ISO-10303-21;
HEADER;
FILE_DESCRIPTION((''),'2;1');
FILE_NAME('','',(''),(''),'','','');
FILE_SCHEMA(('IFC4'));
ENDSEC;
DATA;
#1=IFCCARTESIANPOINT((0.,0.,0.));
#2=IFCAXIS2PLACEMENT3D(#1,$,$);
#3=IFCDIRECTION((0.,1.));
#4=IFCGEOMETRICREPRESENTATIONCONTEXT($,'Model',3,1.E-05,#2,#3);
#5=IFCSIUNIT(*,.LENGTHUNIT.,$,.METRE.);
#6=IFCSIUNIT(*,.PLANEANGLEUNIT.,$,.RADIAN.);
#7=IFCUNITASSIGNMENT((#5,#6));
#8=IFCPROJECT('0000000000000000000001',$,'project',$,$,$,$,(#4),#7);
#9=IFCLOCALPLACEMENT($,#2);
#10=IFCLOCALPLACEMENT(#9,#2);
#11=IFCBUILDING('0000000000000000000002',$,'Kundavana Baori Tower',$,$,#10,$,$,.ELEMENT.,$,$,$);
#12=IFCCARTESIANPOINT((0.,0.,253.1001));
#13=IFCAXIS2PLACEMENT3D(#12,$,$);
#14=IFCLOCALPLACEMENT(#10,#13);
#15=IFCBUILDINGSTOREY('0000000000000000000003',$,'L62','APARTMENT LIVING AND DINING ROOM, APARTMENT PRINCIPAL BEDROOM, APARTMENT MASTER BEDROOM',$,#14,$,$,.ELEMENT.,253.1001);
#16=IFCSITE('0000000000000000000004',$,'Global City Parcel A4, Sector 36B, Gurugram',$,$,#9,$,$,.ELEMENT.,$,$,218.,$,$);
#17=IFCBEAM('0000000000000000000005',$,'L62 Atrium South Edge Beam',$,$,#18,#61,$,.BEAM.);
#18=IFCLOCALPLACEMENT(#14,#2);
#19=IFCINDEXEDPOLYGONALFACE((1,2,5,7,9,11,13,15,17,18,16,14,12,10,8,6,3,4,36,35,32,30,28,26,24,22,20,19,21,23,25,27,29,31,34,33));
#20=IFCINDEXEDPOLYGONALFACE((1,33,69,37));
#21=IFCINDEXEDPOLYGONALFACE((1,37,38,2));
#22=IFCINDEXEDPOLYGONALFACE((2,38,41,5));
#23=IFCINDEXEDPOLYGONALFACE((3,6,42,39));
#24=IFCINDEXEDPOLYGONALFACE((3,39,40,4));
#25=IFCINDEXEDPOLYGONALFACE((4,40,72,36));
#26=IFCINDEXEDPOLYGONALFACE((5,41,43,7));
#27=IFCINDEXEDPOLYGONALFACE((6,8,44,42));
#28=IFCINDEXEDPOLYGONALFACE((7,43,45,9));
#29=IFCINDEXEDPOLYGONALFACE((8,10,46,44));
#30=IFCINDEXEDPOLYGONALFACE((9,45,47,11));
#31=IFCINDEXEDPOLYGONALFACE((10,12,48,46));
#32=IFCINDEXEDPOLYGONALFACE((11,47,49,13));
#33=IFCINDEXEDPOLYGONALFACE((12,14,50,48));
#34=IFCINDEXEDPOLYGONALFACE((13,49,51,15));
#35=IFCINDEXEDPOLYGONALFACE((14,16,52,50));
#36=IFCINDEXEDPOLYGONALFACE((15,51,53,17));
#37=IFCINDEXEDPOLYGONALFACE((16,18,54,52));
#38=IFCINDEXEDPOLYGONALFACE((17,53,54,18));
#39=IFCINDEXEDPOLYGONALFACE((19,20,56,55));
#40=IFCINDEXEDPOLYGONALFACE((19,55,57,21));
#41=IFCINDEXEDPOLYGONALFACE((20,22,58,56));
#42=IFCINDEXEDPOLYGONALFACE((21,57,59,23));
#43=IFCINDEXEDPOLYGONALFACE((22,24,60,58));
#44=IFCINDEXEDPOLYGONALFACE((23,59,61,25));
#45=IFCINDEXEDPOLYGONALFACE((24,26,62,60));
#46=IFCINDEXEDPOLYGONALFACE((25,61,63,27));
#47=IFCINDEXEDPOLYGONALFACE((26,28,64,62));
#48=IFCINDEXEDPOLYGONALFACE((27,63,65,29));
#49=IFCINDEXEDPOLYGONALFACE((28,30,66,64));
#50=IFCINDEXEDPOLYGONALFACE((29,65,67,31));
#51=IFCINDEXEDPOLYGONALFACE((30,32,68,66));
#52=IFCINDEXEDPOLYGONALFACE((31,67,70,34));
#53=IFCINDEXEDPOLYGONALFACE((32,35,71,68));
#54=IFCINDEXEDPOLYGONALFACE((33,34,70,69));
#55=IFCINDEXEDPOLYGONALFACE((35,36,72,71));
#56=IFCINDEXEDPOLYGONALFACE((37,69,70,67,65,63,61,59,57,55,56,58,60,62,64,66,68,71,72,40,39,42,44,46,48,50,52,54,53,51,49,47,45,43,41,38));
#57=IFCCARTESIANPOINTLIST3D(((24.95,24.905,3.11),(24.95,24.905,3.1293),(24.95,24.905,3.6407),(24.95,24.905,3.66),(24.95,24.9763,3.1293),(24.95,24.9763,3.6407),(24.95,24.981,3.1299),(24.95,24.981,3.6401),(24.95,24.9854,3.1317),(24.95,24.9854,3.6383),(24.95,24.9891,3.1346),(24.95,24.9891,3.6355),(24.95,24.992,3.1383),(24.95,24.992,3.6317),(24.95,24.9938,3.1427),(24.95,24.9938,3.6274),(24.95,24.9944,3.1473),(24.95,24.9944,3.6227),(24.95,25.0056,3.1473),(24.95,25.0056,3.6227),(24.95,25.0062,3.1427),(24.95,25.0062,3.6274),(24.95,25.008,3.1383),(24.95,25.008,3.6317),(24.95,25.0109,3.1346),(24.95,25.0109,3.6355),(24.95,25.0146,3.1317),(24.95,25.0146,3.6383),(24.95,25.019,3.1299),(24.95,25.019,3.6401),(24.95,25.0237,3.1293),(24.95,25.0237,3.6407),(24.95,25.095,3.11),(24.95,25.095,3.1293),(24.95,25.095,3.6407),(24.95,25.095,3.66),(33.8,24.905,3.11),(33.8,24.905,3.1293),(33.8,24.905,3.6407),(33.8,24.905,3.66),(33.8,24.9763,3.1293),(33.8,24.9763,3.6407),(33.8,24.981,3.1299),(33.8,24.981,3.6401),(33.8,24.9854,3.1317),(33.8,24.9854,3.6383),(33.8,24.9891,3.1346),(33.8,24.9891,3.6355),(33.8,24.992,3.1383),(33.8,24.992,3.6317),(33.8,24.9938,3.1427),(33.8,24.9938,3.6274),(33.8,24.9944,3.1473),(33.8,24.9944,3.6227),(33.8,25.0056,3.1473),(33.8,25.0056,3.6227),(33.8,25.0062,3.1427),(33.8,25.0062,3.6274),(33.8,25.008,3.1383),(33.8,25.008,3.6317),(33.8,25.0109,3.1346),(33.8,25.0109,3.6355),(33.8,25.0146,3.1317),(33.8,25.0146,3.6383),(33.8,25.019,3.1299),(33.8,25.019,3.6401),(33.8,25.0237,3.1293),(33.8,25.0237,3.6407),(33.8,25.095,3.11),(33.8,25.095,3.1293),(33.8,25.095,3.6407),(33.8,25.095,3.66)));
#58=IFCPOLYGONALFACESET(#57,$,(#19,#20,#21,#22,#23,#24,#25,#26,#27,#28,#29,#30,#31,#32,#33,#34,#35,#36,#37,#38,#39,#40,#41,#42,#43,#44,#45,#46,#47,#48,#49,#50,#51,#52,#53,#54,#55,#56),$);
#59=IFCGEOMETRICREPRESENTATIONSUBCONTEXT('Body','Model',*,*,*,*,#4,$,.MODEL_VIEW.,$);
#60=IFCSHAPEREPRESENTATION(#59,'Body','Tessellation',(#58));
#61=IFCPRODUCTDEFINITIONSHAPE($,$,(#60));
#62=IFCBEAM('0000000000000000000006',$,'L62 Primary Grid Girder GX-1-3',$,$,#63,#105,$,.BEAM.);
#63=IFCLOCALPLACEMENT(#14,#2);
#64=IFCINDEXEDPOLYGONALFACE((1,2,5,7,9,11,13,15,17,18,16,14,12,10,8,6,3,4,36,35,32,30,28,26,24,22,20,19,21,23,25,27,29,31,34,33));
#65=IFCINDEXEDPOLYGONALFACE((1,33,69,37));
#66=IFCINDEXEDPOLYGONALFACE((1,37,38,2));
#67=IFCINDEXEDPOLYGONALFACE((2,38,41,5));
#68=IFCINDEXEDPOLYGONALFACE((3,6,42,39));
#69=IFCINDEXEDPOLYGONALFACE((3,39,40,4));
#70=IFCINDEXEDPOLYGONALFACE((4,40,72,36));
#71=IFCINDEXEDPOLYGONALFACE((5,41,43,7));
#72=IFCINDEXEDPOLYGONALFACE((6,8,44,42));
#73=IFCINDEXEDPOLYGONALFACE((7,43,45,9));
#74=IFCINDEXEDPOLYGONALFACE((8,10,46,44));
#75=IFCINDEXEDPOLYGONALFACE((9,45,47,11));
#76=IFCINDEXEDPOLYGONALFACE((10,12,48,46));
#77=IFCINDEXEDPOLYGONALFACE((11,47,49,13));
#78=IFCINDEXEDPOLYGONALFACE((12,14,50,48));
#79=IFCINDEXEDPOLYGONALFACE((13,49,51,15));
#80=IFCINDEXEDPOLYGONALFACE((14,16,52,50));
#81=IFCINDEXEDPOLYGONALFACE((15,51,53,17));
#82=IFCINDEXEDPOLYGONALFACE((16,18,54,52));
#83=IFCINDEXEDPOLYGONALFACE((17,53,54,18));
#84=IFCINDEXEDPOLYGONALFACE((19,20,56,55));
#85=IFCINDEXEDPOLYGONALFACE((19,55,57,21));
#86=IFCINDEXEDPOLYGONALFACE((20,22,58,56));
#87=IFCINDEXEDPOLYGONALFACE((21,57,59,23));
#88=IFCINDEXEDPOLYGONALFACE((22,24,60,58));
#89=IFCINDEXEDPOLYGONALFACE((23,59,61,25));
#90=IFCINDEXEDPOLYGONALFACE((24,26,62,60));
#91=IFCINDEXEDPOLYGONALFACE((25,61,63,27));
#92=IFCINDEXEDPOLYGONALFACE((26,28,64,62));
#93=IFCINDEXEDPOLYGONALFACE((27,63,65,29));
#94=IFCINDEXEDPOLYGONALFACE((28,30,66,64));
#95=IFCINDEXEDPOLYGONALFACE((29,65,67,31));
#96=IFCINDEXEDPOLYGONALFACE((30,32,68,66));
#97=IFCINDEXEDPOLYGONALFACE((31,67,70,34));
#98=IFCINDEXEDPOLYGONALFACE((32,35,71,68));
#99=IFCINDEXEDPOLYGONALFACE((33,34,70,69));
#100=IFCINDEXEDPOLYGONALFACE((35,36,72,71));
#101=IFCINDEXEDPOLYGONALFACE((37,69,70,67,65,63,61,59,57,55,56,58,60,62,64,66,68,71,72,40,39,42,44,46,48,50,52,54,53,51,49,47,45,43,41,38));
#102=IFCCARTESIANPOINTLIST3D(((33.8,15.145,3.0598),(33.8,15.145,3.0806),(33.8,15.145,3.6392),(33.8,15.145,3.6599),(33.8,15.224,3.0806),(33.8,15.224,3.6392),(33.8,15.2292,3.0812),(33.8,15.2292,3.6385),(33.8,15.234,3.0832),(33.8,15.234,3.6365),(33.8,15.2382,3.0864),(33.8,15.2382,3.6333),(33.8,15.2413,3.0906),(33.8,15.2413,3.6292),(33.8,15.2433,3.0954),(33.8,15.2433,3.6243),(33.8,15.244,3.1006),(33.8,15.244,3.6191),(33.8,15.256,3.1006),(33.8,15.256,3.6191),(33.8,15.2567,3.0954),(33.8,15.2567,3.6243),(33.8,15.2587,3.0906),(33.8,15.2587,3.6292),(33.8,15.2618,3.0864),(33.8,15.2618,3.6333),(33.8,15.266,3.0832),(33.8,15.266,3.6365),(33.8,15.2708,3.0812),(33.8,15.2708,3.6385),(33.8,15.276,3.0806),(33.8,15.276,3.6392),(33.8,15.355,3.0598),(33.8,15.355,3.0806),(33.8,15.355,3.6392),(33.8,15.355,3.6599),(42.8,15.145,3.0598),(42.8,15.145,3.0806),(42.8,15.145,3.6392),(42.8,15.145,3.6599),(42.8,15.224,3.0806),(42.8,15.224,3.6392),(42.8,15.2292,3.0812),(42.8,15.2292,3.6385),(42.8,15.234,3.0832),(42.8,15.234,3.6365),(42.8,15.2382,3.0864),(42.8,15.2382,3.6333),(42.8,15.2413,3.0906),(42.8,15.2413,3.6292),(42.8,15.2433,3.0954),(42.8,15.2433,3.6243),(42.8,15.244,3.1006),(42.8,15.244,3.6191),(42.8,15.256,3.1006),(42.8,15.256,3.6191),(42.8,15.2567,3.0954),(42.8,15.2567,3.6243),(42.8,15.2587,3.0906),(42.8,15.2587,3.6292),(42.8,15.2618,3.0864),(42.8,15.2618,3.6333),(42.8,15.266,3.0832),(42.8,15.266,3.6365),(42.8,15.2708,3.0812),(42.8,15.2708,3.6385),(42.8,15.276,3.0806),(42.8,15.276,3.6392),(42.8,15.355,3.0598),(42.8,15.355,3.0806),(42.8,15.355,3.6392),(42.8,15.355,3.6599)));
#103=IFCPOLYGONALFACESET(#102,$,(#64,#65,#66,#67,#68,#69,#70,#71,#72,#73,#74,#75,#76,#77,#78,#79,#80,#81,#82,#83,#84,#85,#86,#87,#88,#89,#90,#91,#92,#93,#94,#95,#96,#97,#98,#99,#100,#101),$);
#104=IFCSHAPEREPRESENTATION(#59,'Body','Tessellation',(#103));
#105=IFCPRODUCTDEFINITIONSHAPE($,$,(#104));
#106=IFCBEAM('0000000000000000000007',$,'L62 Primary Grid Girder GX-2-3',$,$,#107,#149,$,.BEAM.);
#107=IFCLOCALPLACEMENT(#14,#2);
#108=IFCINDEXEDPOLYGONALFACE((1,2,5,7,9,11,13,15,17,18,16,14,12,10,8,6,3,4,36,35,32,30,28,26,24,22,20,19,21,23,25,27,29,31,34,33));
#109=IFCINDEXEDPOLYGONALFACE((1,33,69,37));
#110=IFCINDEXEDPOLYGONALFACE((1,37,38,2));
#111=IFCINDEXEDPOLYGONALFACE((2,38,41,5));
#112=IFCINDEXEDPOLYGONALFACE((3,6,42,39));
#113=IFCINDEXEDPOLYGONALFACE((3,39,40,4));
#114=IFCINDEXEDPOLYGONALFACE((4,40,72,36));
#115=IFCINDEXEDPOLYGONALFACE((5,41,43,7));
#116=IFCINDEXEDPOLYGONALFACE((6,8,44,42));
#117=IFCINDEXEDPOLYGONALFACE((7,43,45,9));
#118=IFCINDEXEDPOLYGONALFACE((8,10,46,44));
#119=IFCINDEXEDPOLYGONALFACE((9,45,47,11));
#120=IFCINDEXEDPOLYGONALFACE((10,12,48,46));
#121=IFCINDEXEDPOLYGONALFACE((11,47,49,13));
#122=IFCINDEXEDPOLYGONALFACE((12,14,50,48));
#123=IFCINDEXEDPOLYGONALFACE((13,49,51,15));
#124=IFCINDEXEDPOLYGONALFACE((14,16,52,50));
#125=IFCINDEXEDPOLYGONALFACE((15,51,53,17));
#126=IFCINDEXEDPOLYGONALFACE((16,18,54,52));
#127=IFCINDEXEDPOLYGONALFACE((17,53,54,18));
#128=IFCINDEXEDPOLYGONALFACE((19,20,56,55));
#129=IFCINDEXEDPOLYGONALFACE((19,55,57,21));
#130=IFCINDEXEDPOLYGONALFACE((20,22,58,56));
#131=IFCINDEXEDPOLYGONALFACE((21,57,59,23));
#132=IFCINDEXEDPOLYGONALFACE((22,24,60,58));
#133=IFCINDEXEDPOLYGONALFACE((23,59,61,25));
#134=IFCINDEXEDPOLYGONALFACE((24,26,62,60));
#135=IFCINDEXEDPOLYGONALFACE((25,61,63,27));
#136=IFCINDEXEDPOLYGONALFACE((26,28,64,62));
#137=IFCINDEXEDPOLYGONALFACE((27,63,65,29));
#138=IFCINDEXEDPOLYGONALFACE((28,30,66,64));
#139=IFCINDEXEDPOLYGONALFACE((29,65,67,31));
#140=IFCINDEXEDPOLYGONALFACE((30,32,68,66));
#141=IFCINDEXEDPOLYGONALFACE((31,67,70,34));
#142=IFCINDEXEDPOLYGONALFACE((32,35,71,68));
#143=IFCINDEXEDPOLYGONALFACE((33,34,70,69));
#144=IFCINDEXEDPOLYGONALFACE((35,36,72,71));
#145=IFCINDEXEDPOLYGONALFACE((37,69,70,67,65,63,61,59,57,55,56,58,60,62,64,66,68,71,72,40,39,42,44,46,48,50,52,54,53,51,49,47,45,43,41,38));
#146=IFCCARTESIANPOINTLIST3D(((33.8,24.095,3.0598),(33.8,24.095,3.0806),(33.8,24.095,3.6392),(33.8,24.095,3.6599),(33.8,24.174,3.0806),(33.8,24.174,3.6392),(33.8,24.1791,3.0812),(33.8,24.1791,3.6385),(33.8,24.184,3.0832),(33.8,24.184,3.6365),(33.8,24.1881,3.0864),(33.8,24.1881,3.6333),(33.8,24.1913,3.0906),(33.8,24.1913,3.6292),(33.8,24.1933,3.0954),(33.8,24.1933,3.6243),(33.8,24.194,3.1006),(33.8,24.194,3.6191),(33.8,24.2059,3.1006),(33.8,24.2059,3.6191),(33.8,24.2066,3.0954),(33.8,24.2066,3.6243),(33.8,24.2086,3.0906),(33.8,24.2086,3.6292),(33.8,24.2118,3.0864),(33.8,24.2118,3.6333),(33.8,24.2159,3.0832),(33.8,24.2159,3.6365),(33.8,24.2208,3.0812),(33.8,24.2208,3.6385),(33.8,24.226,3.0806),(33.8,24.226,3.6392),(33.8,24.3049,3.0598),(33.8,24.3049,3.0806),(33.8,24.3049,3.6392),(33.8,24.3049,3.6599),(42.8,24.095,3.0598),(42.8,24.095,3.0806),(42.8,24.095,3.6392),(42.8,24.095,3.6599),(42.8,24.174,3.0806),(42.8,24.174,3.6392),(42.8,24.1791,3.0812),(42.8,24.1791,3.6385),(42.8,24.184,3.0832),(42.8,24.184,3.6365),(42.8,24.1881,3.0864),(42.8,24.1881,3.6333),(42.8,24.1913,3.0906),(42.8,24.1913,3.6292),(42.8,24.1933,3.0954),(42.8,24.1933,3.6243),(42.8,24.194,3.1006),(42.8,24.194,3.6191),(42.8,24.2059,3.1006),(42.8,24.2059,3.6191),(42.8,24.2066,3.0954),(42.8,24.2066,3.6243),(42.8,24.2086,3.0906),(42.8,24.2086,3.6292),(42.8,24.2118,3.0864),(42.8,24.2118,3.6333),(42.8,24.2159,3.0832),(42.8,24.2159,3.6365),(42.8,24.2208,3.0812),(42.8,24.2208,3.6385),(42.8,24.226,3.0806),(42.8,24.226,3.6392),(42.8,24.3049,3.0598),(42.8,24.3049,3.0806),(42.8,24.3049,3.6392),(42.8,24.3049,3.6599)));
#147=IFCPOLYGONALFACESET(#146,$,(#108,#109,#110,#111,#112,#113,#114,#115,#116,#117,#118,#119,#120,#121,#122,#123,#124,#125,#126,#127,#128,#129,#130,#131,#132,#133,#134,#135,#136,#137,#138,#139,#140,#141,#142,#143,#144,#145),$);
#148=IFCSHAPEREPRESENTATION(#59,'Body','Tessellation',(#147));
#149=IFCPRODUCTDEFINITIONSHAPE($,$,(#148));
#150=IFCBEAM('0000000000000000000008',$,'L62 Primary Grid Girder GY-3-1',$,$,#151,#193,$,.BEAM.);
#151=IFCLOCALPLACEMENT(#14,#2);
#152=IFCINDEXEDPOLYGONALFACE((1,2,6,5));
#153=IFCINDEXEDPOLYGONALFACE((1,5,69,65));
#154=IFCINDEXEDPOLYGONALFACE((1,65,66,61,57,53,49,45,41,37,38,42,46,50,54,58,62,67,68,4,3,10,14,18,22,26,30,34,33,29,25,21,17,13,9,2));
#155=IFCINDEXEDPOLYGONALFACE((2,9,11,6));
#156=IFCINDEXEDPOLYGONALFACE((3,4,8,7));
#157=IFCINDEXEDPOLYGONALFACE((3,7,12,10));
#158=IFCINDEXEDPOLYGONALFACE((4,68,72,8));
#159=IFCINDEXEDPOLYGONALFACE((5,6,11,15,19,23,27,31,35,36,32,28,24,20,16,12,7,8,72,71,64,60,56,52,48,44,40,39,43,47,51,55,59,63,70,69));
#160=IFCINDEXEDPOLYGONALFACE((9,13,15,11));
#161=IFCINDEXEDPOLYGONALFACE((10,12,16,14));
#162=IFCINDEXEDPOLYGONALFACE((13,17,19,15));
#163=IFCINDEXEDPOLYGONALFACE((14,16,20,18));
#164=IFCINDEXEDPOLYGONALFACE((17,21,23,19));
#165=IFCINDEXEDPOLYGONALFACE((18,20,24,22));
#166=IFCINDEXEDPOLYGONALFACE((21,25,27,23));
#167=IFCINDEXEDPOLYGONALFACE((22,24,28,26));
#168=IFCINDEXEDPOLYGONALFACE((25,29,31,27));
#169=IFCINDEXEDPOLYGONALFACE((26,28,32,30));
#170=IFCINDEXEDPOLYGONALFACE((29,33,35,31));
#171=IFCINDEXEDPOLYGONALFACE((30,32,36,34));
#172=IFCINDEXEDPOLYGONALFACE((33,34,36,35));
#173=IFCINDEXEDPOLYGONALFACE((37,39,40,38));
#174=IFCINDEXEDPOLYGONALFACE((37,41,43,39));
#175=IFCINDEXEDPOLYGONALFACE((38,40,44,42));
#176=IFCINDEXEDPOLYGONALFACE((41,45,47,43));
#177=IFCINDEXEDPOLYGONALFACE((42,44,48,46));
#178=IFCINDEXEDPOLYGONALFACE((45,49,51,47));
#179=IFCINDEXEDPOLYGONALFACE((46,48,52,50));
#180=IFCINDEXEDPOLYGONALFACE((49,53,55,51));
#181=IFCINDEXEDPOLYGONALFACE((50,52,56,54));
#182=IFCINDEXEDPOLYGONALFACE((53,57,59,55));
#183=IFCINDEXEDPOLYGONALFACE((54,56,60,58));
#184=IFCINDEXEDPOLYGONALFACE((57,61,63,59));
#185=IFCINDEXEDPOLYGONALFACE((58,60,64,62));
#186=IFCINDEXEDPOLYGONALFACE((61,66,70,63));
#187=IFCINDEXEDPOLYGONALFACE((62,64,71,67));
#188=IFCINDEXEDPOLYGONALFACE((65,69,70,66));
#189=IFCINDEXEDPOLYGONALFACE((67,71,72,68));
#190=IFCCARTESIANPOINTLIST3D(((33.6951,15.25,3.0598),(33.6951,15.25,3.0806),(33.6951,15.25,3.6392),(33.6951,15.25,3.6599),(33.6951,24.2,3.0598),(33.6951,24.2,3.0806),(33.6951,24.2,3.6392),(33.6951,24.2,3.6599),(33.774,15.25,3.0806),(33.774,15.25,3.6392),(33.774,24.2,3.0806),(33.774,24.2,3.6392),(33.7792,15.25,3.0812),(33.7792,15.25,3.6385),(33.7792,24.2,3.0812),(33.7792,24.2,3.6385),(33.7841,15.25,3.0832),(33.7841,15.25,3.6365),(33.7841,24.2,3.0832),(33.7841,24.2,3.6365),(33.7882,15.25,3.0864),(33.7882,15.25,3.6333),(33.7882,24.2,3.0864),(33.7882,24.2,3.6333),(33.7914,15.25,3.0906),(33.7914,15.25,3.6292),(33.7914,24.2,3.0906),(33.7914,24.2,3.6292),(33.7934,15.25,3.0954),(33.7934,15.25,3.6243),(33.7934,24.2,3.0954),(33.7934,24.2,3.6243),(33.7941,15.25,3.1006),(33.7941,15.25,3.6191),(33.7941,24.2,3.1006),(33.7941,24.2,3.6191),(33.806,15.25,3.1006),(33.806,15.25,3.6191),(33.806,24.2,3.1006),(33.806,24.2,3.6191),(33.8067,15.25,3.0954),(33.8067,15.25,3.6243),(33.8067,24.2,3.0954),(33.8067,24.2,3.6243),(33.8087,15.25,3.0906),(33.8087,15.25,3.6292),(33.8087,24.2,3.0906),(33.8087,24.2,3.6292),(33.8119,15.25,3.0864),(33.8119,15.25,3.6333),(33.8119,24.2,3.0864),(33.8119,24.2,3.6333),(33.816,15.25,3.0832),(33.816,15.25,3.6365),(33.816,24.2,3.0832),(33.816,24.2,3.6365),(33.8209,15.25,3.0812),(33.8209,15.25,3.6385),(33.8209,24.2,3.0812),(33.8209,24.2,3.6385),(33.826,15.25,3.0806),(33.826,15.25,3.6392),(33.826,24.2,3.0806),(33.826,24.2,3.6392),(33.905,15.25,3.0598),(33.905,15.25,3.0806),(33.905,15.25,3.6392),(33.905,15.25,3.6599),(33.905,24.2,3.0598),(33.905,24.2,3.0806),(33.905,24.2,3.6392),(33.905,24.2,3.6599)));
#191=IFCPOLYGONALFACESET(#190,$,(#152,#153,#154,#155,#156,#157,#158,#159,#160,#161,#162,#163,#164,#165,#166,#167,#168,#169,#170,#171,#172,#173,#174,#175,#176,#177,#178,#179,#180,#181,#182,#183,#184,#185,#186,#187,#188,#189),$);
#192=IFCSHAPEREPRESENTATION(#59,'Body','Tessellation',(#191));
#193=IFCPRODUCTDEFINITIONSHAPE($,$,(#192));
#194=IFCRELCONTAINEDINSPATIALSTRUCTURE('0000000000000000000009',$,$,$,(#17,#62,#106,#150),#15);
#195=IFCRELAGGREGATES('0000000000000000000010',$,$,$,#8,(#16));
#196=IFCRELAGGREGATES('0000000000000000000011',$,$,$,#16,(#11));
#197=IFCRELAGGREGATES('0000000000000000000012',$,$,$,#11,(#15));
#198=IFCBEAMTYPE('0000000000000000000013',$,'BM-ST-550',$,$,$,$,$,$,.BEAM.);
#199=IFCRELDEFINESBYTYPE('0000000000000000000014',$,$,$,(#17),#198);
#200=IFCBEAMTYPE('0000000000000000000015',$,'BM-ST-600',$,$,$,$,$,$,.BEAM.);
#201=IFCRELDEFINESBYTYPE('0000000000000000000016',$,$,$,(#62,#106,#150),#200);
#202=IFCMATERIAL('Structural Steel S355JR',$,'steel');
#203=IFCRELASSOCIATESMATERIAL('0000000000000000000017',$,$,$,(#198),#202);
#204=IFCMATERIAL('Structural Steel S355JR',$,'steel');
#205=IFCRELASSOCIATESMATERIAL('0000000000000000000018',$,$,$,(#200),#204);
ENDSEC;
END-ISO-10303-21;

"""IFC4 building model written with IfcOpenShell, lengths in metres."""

from ifc_helpers import new_model, si_unit, direction, frame, origin, origin_2d, place, context, subcontext, project, spatial, i_section, extrude, material, material_profile, profile_set, type_object, element, save


model = new_model("IFC4")

# Units and contexts
model_context = context("Model", 3, precision=1e-05, world=origin(), true_north=direction((0.0, 1.0)))
body_context = subcontext(model_context, "Body", "Model", "MODEL_VIEW")
ifc_project = project(units=[si_unit("LENGTHUNIT", "METRE"), si_unit("PLANEANGLEUNIT", "RADIAN")], contexts=[model_context])

# Site, building, storey
site_placement = place(None, origin())
site = spatial("IfcSite", under=ifc_project, at=site_placement, Name="Global City Parcel A4, Sector 36B, Gurugram", CompositionType="ELEMENT", RefElevation=218.0)
building_placement = place(site_placement, origin())
building = spatial("IfcBuilding", under=site, at=building_placement, Name="Kundavana Baori Tower", CompositionType="ELEMENT")
storey_placement = place(building_placement, frame((0.0, 0.0, 253.1001)))
storey = spatial("IfcBuildingStorey", under=building, at=storey_placement, Name="L62", Description="APARTMENT LIVING AND DINING ROOM, APARTMENT PRINCIPAL BEDROOM, APARTMENT MASTER BEDROOM", CompositionType="ELEMENT", Elevation=253.1001)

# Beams
ifc_material_1 = material(Name="Structural Steel S355JR", Category="steel")
ifc_material_profile_1 = material_profile(ifc_material_1, i_section(OverallWidth=0.1899, OverallDepth=0.55, WebThickness=0.0112, FlangeThickness=0.0193, FilletRadius=0.0181, at=origin_2d()), Name="ISMB 550")
ifc_profile_set_1 = profile_set([ifc_material_profile_1], Name="Structural Steel S355JR")
beam_type_1 = type_object("IfcBeamType", Name="BM-ST-550", PredefinedType="BEAM", material=ifc_profile_set_1)
beam_1_placement = place(storey_placement, frame((24.95, 25.0, 3.385), z_axis=(1.0, 0.0, 0.0), x_axis=(0.0, 1.0, 0.0)))
element("IfcBeam", 1, at=beam_1_placement, inside=storey, type_object=beam_type_1, Name="L62 Atrium South Edge Beam", PredefinedType="BEAM", context=body_context, shape_type="SweptSolid", body=[
    extrude(i_section(OverallWidth=0.1899, OverallDepth=0.55, WebThickness=0.0112, FlangeThickness=0.0193, FilletRadius=0.0181, at=origin_2d()), origin(), (0.0, 0.0, 1.0), 8.8501),
])
ifc_material_2 = material(Name="Structural Steel S355JR", Category="steel")
ifc_material_profile_2 = material_profile(ifc_material_2, i_section(OverallWidth=0.21, OverallDepth=0.6001, WebThickness=0.012, FlangeThickness=0.0208, FilletRadius=0.02, at=origin_2d()), Name="ISMB 600")
ifc_profile_set_2 = profile_set([ifc_material_profile_2], Name="Structural Steel S355JR")
beam_type_2 = type_object("IfcBeamType", Name="BM-ST-600", PredefinedType="BEAM", material=ifc_profile_set_2)
for number, where, z_axis, x_axis, name in (
    (2, (33.8, 15.25, 3.3599), (1.0, 0.0, 0.0), (0.0, 1.0, 0.0), "L62 Primary Grid Girder GX-1-3"),
    (3, (33.8, 24.2, 3.3599), (1.0, 0.0, 0.0), (0.0, 1.0, 0.0), "L62 Primary Grid Girder GX-2-3"),
):
    element("IfcBeam", number, at=place(storey_placement, frame(where, z_axis=z_axis, x_axis=x_axis)), inside=storey, type_object=beam_type_2, Name=name, PredefinedType="BEAM", context=body_context, shape_type="SweptSolid", body=[
        extrude(i_section(OverallWidth=0.21, OverallDepth=0.6001, WebThickness=0.012, FlangeThickness=0.0208, FilletRadius=0.02, at=origin_2d()), origin(), (0.0, 0.0, 1.0), 9.0),
    ])
beam_2_placement = place(storey_placement, frame((33.8, 15.25, 3.3599), z_axis=(0.0, 1.0, 0.0), x_axis=(-1.0, 0.0, 0.0)))
element("IfcBeam", 4, at=beam_2_placement, inside=storey, type_object=beam_type_2, Name="L62 Primary Grid Girder GY-3-1", PredefinedType="BEAM", context=body_context, shape_type="SweptSolid", body=[
    extrude(i_section(OverallWidth=0.21, OverallDepth=0.6001, WebThickness=0.012, FlangeThickness=0.0208, FilletRadius=0.02, at=origin_2d()), origin(), (0.0, 0.0, 1.0), 8.95),
])

save(model, "model.ifc")
